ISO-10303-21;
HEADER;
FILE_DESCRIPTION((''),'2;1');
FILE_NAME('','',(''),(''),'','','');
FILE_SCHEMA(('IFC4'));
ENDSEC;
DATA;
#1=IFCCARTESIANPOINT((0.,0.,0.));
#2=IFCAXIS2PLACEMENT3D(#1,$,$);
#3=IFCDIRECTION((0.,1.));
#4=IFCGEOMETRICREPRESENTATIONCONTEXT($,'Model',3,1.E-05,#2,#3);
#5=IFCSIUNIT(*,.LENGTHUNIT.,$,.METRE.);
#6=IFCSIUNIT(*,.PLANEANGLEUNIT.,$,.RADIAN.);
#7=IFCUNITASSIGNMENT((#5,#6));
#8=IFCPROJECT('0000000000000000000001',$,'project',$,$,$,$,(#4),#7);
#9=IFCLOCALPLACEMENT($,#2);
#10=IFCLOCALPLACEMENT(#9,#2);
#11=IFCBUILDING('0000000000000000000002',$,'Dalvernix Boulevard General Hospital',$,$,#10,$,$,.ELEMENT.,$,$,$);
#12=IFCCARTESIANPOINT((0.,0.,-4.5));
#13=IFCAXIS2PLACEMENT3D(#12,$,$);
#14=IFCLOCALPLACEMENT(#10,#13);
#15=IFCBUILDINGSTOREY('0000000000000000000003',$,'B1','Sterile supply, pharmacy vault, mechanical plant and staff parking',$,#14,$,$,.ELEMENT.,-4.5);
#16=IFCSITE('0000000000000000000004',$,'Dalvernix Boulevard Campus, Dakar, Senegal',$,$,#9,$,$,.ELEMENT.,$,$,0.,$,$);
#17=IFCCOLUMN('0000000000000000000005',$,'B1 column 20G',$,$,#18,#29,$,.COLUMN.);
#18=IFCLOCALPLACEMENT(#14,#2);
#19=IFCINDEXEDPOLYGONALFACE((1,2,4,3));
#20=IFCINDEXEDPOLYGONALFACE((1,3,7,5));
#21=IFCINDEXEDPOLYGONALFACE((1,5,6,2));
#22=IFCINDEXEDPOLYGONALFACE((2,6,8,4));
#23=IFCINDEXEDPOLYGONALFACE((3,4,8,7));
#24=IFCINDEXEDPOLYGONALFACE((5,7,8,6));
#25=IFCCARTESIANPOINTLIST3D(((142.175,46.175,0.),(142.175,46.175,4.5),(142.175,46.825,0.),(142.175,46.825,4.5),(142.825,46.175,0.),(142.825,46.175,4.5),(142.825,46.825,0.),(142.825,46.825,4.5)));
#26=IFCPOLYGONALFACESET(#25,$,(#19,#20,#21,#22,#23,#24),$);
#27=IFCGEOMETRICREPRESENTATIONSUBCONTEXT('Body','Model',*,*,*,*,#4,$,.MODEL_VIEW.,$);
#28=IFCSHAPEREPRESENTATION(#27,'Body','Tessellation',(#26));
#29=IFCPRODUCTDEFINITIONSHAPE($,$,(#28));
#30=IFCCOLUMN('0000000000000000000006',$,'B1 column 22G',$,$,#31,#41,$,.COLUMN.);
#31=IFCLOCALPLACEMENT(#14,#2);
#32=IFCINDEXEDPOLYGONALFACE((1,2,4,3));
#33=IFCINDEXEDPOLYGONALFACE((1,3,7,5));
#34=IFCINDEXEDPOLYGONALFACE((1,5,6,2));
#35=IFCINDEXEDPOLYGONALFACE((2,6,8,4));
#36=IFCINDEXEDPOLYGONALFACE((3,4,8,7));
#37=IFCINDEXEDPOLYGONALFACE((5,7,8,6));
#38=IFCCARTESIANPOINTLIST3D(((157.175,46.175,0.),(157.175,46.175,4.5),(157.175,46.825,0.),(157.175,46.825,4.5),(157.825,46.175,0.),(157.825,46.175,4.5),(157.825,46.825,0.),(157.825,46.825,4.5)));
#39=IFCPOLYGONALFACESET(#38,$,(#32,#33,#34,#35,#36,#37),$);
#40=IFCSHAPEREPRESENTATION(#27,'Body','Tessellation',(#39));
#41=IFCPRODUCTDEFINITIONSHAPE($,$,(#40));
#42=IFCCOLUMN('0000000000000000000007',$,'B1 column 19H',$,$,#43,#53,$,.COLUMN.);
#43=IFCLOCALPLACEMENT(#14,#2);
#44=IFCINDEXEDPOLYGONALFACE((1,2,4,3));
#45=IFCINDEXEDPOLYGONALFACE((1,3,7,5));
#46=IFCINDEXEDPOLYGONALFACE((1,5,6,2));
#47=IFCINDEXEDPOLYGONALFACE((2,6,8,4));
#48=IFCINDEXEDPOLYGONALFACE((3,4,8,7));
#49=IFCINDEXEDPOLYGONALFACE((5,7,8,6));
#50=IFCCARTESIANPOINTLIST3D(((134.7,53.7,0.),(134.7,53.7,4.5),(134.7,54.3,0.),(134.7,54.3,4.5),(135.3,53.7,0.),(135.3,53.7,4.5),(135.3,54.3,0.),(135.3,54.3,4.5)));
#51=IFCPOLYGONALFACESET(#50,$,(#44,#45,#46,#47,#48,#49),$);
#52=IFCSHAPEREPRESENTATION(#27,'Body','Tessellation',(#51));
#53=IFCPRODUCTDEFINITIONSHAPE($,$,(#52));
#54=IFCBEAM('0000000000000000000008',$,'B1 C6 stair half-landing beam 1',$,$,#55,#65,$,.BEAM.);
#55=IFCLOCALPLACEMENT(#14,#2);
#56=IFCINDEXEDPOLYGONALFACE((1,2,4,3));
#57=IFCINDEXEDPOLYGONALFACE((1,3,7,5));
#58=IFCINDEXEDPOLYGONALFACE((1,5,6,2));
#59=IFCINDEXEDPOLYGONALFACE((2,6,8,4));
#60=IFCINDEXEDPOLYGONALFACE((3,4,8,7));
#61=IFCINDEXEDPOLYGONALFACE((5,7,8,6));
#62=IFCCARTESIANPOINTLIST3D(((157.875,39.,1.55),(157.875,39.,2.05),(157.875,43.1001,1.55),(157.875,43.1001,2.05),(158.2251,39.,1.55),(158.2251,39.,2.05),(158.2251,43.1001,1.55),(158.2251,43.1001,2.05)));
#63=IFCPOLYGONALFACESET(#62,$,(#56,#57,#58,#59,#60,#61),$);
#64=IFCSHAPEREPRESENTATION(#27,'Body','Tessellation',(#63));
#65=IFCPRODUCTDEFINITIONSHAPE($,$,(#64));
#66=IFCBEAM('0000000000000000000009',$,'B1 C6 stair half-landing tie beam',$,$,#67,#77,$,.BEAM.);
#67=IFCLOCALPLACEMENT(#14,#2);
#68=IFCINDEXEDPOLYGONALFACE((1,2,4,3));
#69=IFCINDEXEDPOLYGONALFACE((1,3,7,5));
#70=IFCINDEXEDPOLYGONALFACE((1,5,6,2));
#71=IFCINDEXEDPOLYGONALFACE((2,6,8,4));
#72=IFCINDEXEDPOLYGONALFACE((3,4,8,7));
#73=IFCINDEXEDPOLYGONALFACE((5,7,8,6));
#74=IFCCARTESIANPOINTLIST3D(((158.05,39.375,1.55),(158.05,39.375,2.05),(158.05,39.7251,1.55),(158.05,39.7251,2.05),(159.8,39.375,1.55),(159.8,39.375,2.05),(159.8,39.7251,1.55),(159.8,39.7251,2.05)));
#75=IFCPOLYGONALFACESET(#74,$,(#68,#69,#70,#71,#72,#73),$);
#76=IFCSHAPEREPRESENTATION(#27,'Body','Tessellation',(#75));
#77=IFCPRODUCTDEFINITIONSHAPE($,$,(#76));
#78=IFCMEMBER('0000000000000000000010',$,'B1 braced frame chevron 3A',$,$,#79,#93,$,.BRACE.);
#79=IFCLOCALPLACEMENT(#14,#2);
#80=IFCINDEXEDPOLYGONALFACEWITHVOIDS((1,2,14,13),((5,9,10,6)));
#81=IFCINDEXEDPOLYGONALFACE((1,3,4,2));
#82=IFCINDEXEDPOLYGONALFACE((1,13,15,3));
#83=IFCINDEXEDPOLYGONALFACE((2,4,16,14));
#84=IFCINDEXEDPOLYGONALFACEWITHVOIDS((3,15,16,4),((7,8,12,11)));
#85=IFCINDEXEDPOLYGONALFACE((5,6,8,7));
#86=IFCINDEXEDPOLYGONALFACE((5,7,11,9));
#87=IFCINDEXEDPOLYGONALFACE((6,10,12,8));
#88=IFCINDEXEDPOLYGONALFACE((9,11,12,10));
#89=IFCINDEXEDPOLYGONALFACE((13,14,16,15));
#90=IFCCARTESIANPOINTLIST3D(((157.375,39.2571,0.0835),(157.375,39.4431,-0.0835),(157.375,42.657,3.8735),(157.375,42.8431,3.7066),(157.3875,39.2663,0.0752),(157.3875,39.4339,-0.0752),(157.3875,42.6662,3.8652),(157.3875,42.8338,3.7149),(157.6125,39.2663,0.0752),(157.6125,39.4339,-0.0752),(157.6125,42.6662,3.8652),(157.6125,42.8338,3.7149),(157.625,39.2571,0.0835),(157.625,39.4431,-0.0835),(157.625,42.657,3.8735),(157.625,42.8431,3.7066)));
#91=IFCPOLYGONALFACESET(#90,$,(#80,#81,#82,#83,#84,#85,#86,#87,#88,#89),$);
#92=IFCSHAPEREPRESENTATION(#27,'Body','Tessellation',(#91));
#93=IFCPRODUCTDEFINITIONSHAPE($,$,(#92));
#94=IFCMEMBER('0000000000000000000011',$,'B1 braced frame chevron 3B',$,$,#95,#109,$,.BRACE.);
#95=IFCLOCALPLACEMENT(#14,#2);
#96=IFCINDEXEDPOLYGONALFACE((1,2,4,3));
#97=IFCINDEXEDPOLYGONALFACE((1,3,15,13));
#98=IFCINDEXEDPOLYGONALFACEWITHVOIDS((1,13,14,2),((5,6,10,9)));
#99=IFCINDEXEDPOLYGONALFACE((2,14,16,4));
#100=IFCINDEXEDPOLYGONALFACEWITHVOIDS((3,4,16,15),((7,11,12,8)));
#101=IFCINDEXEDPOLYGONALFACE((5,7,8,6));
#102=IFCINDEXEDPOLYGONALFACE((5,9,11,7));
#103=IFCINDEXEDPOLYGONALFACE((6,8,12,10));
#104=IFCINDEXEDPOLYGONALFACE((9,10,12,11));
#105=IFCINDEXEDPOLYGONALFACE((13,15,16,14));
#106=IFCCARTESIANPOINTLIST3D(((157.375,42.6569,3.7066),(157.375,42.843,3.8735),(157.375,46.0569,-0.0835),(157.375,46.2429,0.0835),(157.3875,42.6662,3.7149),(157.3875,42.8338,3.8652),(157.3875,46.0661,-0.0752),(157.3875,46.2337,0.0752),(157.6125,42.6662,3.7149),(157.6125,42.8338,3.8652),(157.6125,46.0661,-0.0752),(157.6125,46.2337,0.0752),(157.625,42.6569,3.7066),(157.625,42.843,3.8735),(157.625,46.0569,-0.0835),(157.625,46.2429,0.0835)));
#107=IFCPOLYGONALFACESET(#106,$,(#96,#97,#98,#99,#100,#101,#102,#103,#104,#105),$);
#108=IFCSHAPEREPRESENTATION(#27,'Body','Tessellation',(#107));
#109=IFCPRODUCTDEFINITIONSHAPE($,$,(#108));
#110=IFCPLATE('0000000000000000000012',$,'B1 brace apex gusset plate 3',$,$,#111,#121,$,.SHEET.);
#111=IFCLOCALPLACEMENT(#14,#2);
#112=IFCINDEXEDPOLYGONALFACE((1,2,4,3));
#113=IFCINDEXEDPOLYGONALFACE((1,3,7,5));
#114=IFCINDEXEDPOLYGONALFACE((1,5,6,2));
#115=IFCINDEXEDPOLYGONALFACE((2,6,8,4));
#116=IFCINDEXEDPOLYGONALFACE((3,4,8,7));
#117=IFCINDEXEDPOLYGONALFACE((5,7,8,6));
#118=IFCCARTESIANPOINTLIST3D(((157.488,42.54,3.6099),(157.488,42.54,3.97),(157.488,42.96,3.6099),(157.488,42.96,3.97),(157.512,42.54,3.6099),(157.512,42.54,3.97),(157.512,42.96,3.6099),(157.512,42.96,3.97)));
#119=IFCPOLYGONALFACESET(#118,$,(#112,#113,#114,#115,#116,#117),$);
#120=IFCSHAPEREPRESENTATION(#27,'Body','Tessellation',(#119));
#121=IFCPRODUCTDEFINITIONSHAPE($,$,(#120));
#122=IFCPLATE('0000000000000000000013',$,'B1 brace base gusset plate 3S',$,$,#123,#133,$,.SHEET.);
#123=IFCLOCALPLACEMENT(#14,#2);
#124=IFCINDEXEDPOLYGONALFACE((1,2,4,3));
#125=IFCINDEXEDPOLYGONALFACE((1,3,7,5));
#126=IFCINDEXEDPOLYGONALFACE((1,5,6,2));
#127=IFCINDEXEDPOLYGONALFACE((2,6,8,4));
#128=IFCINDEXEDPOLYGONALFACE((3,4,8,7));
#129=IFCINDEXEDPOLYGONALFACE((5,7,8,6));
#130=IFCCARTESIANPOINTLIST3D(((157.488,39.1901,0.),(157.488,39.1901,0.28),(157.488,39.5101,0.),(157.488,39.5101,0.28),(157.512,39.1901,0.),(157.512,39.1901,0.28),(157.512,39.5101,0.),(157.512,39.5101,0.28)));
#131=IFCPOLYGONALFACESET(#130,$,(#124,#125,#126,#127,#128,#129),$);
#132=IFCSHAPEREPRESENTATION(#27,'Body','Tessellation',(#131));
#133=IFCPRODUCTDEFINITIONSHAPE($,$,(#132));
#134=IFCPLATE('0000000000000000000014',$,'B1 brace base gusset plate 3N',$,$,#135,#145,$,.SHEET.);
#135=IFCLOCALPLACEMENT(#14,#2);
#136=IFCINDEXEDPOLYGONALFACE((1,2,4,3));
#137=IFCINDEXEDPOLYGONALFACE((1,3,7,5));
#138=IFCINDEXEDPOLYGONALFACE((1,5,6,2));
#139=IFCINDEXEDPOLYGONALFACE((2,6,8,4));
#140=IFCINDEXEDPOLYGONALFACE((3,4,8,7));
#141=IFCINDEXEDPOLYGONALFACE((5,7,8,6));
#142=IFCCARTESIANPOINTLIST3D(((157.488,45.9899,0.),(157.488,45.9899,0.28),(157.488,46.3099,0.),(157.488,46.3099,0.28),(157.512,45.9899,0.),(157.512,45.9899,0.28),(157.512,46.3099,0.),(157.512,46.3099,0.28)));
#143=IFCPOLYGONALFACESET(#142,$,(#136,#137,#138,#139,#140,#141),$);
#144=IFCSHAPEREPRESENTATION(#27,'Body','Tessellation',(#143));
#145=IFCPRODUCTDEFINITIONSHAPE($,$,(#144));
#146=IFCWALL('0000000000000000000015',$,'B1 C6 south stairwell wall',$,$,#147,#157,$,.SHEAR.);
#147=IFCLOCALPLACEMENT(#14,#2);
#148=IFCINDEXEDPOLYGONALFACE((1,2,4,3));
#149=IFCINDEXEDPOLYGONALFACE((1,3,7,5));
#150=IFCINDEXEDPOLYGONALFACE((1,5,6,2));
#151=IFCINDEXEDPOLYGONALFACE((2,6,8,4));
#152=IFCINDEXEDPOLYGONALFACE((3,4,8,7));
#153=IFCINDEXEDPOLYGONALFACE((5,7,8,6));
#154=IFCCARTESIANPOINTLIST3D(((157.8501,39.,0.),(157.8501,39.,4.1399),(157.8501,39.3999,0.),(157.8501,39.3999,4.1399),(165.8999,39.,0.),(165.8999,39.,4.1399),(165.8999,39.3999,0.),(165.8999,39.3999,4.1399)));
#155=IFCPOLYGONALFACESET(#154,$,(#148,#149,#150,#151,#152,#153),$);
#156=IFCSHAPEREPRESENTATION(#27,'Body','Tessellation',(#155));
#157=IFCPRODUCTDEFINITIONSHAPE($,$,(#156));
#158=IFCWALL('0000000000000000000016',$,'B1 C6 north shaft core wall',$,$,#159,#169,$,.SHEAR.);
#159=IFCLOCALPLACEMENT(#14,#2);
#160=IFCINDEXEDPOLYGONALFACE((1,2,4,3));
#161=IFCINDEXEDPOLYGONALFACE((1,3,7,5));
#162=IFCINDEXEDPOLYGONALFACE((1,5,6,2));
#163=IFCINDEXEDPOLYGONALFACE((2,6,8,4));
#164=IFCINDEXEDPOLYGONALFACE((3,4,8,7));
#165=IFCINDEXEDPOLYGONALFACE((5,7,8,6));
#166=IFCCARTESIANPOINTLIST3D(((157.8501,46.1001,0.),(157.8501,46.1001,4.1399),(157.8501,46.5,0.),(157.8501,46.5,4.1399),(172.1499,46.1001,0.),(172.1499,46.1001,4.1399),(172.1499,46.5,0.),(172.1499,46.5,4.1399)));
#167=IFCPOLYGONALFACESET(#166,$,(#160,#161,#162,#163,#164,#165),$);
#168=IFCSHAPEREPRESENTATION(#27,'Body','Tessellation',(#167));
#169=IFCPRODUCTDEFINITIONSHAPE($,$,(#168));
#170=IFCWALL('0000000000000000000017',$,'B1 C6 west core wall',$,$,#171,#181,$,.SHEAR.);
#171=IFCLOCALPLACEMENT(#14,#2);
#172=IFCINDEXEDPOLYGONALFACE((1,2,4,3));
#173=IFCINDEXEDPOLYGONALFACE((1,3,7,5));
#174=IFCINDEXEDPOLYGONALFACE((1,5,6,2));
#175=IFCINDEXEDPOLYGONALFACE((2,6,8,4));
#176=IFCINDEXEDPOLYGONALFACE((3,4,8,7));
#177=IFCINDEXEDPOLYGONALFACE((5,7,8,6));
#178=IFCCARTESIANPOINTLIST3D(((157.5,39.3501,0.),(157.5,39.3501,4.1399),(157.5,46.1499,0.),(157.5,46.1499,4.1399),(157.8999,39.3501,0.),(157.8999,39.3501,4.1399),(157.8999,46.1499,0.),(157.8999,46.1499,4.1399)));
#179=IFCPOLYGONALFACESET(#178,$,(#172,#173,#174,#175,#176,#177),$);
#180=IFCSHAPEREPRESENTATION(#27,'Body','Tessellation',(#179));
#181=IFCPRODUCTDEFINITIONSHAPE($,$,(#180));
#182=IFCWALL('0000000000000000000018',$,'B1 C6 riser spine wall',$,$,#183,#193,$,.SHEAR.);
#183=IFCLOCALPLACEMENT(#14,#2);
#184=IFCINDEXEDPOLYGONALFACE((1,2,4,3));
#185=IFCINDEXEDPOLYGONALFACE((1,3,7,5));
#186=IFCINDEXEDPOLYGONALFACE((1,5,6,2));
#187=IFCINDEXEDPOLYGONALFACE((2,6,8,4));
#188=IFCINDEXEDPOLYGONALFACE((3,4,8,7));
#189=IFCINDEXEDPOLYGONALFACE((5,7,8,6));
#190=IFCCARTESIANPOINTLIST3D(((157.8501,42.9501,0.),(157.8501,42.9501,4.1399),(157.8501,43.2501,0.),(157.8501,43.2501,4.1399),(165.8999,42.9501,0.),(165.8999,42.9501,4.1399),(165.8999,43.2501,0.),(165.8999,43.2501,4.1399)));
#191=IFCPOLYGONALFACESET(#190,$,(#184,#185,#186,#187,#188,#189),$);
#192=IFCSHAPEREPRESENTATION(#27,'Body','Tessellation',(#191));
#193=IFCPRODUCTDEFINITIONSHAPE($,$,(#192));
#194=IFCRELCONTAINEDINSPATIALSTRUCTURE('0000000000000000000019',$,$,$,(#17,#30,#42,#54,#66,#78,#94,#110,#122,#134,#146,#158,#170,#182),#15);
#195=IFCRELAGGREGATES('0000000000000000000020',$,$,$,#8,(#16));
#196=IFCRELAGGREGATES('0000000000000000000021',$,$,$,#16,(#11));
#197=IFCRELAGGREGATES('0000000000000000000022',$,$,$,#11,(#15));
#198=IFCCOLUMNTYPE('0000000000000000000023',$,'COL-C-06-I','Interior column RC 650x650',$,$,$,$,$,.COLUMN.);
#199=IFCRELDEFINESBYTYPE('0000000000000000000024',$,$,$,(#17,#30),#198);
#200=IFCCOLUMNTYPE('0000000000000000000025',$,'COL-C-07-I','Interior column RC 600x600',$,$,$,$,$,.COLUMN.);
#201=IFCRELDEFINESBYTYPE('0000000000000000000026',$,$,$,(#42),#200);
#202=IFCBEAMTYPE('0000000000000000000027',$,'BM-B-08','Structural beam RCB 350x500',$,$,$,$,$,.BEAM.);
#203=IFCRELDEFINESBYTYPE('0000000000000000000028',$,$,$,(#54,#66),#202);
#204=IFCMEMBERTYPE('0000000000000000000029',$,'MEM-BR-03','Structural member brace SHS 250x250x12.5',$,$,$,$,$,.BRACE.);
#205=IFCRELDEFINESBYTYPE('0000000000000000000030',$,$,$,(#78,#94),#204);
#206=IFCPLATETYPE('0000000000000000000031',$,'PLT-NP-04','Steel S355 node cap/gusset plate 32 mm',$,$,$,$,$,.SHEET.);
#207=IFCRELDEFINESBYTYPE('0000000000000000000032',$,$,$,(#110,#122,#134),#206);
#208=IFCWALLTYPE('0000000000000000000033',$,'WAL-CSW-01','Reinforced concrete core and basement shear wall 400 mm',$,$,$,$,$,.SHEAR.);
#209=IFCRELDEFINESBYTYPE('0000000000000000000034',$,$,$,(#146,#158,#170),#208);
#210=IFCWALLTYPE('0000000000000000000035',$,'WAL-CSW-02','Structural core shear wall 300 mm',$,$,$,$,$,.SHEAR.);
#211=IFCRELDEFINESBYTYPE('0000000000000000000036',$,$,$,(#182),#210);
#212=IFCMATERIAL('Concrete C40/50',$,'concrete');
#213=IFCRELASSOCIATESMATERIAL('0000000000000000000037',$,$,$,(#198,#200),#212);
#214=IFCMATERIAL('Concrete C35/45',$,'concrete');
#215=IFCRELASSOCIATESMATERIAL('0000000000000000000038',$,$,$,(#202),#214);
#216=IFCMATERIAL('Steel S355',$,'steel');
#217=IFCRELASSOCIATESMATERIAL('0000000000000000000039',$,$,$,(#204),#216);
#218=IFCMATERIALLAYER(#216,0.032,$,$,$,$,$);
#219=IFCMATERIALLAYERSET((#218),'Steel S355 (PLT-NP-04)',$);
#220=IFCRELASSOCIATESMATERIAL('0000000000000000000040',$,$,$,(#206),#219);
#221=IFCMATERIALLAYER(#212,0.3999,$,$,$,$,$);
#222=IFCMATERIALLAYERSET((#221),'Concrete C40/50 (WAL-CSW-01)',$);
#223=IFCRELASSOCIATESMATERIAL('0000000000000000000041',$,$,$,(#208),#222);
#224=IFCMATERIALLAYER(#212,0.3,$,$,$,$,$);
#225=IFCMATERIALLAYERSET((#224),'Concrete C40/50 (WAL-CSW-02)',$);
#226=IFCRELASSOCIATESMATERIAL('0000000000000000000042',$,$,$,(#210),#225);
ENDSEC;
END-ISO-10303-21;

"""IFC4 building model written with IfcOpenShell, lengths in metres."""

from ifc_helpers import new_model, si_unit, direction, frame, frame_2d, origin, origin_2d, place, context, subcontext, project, spatial, rectangle, hollow_rectangle, extrude, material, layer, layer_set, material_profile, profile_set, type_object, element, save


model = new_model("IFC4")

# Units and contexts
model_context = context("Model", 3, precision=1e-05, world=origin(), true_north=direction((0.0, 1.0)))
body_context = subcontext(model_context, "Body", "Model", "MODEL_VIEW")
ifc_project = project(units=[si_unit("LENGTHUNIT", "METRE"), si_unit("PLANEANGLEUNIT", "RADIAN")], contexts=[model_context])

# Site, building, storey
site_placement = place(None, origin())
site = spatial("IfcSite", under=ifc_project, at=site_placement, Name="Dalvernix Boulevard Campus, Dakar, Senegal", CompositionType="ELEMENT", RefElevation=0.0)
building_placement = place(site_placement, origin())
building = spatial("IfcBuilding", under=site, at=building_placement, Name="Dalvernix Boulevard General Hospital", CompositionType="ELEMENT")
storey_placement = place(building_placement, frame((0.0, 0.0, -4.5)))
storey = spatial("IfcBuildingStorey", under=building, at=storey_placement, Name="B1", Description="Sterile supply, pharmacy vault, mechanical plant and staff parking", CompositionType="ELEMENT", Elevation=-4.5)

# Shared definitions
ifc_material_1 = material(Name="Concrete C35/45", Category="concrete")
ifc_material_2 = material(Name="Concrete C40/50", Category="concrete")

# Columns
ifc_material_profile_1 = material_profile(ifc_material_2, rectangle(XDim=0.6499, YDim=0.6499, at=origin_2d()), Name="RC 650x650")
ifc_profile_set_1 = profile_set([ifc_material_profile_1], Name="Concrete C40/50")
column_type_1 = type_object("IfcColumnType", Name="COL-C-06-I", Description="Interior column RC 650x650", PredefinedType="COLUMN", material=ifc_profile_set_1)
for number, where, z_axis, x_axis, name in (
    (1, (142.5, 46.5, 0.0), (0.0, 0.0, 1.0), (1.0, 0.0, 0.0), "B1 column 20G"),
    (2, (157.5, 46.5, 0.0), (0.0, 0.0, 1.0), (1.0, 0.0, 0.0), "B1 column 22G"),
):
    element("IfcColumn", number, at=place(storey_placement, frame(where, z_axis=z_axis, x_axis=x_axis)), inside=storey, type_object=column_type_1, Name=name, PredefinedType="COLUMN", context=body_context, shape_type="SweptSolid", body=[
        extrude(rectangle(XDim=0.6499, YDim=0.6499, at=origin_2d()), origin(), (0.0, 0.0, 1.0), 4.5),
    ])
ifc_material_profile_2 = material_profile(ifc_material_2, rectangle(XDim=0.6001, YDim=0.6001, at=origin_2d()), Name="RC 600x600")
ifc_profile_set_2 = profile_set([ifc_material_profile_2], Name="Concrete C40/50")
column_type_2 = type_object("IfcColumnType", Name="COL-C-07-I", Description="Interior column RC 600x600", PredefinedType="COLUMN", material=ifc_profile_set_2)
column_1_placement = place(storey_placement, frame((135.0, 54.0, 0.0), z_axis=(0.0, 0.0, 1.0), x_axis=(1.0, 0.0, 0.0)))
element("IfcColumn", 3, at=column_1_placement, inside=storey, type_object=column_type_2, Name="B1 column 19H", PredefinedType="COLUMN", context=body_context, shape_type="SweptSolid", body=[
    extrude(rectangle(XDim=0.6001, YDim=0.6001, at=origin_2d()), origin(), (0.0, 0.0, 1.0), 4.5),
])

# Beams
ifc_material_profile_3 = material_profile(ifc_material_1, rectangle(XDim=0.3501, YDim=0.5, at=origin_2d()), Name="RCB 350x500")
ifc_profile_set_3 = profile_set([ifc_material_profile_3], Name="Concrete C35/45")
beam_type = type_object("IfcBeamType", Name="BM-B-08", Description="Structural beam RCB 350x500", PredefinedType="BEAM", material=ifc_profile_set_3)
beam_1_placement = place(storey_placement, frame((158.05, 39.0, 1.8), z_axis=(0.0, 1.0, 0.0), x_axis=(-1.0, 0.0, 0.0)))
element("IfcBeam", 4, at=beam_1_placement, inside=storey, type_object=beam_type, Name="B1 C6 stair half-landing beam 1", PredefinedType="BEAM", context=body_context, shape_type="SweptSolid", body=[
    extrude(rectangle(XDim=0.3501, YDim=0.5, at=origin_2d()), origin(), (0.0, 0.0, 1.0), 4.1001),
])
beam_2_placement = place(storey_placement, frame((158.05, 39.55, 1.8), z_axis=(1.0, 0.0, 0.0), x_axis=(0.0, 1.0, 0.0)))
element("IfcBeam", 5, at=beam_2_placement, inside=storey, type_object=beam_type, Name="B1 C6 stair half-landing tie beam", PredefinedType="BEAM", context=body_context, shape_type="SweptSolid", body=[
    extrude(rectangle(XDim=0.3501, YDim=0.5, at=origin_2d()), origin(), (0.0, 0.0, 1.0), 1.75),
])

# Members
ifc_material_3 = material(Name="Steel S355", Category="steel")
ifc_material_profile_4 = material_profile(ifc_material_3, hollow_rectangle(XDim=0.25, YDim=0.25, WallThickness=0.0125, at=origin_2d()), Name="SHS 250x250x12.5")
ifc_profile_set_4 = profile_set([ifc_material_profile_4], Name="Steel S355")
member_type = type_object("IfcMemberType", Name="MEM-BR-03", Description="Structural member brace SHS 250x250x12.5", PredefinedType="BRACE", material=ifc_profile_set_4)
for number, where, z_axis, x_axis, name in (
    (6, (157.5, 39.3501, 0.0), (0.0, 0.667756, 0.74438), (-1.0, 0.0, 0.0), "B1 braced frame chevron 3A"),
    (7, (157.5, 46.1499, 0.0), (0.0, -0.667756, 0.74438), (1.0, 0.0, 0.0), "B1 braced frame chevron 3B"),
):
    element("IfcMember", number, at=place(storey_placement, frame(where, z_axis=z_axis, x_axis=x_axis)), inside=storey, type_object=member_type, Name=name, PredefinedType="BRACE", context=body_context, shape_type="SweptSolid", body=[
        extrude(hollow_rectangle(XDim=0.25, YDim=0.25, WallThickness=0.0125, at=origin_2d()), origin(), (0.0, 0.0, 1.0), 5.0916),
    ])

# Plates
ifc_layer_1 = layer(ifc_material_3, 0.032)
ifc_layer_set_1 = layer_set([ifc_layer_1], Name="Steel S355 (PLT-NP-04)")
plate_type = type_object("IfcPlateType", Name="PLT-NP-04", Description="Steel S355 node cap/gusset plate 32 mm", PredefinedType="SHEET", material=ifc_layer_set_1)
plate_placement = place(storey_placement, frame((157.5, 42.75, 3.6099), z_axis=(0.0, 0.0, 1.0), x_axis=(0.0, 1.0, 0.0)))
element("IfcPlate", 8, at=plate_placement, inside=storey, type_object=plate_type, Name="B1 brace apex gusset plate 3", PredefinedType="SHEET", context=body_context, shape_type="SweptSolid", body=[
    extrude(rectangle(XDim=0.4199, YDim=0.0239, at=origin_2d()), origin(), (0.0, 0.0, 1.0), 0.3601),
])
for number, where, z_axis, x_axis, name in (
    (9, (157.5, 39.3501, 0.0), (0.0, 0.0, 1.0), (0.0, 1.0, 0.0), "B1 brace base gusset plate 3S"),
    (10, (157.5, 46.1499, 0.0), (0.0, 0.0, 1.0), (0.0, 1.0, 0.0), "B1 brace base gusset plate 3N"),
):
    element("IfcPlate", number, at=place(storey_placement, frame(where, z_axis=z_axis, x_axis=x_axis)), inside=storey, type_object=plate_type, Name=name, PredefinedType="SHEET", context=body_context, shape_type="SweptSolid", body=[
        extrude(rectangle(XDim=0.3201, YDim=0.0239, at=origin_2d()), origin(), (0.0, 0.0, 1.0), 0.28),
    ])

# Walls
ifc_layer_2 = layer(ifc_material_2, 0.3999)
ifc_layer_set_2 = layer_set([ifc_layer_2], Name="Concrete C40/50 (WAL-CSW-01)")
wall_type_1 = type_object("IfcWallType", Name="WAL-CSW-01", Description="Reinforced concrete core and basement shear wall 400 mm", PredefinedType="SHEAR", material=ifc_layer_set_2)
wall_1_placement = place(storey_placement, frame((157.8501, 39.2, 0.0), z_axis=(0.0, 0.0, 1.0), x_axis=(1.0, 0.0, 0.0)))
element("IfcWall", 11, at=wall_1_placement, inside=storey, type_object=wall_type_1, Name="B1 C6 south stairwell wall", PredefinedType="SHEAR", context=body_context, shape_type="SweptSolid", body=[
    extrude(rectangle(XDim=8.0498, YDim=0.3999, at=frame_2d((4.0249, 0.0))), origin(), (0.0, 0.0, 1.0), 4.1399),
])
wall_2_placement = place(storey_placement, frame((157.8501, 46.3, 0.0), z_axis=(0.0, 0.0, 1.0), x_axis=(1.0, 0.0, 0.0)))
element("IfcWall", 12, at=wall_2_placement, inside=storey, type_object=wall_type_1, Name="B1 C6 north shaft core wall", PredefinedType="SHEAR", context=body_context, shape_type="SweptSolid", body=[
    extrude(rectangle(XDim=14.2998, YDim=0.3999, at=frame_2d((7.1499, 0.0))), origin(), (0.0, 0.0, 1.0), 4.1399),
])
wall_3_placement = place(storey_placement, frame((157.7, 39.3501, 0.0), z_axis=(0.0, 0.0, 1.0), x_axis=(0.0, 1.0, 0.0)))
element("IfcWall", 13, at=wall_3_placement, inside=storey, type_object=wall_type_1, Name="B1 C6 west core wall", PredefinedType="SHEAR", context=body_context, shape_type="SweptSolid", body=[
    extrude(rectangle(XDim=6.7998, YDim=0.3999, at=frame_2d((3.3999, 0.0))), origin(), (0.0, 0.0, 1.0), 4.1399),
])
ifc_layer_3 = layer(ifc_material_2, 0.3)
ifc_layer_set_3 = layer_set([ifc_layer_3], Name="Concrete C40/50 (WAL-CSW-02)")
wall_type_2 = type_object("IfcWallType", Name="WAL-CSW-02", Description="Structural core shear wall 300 mm", PredefinedType="SHEAR", material=ifc_layer_set_3)
wall_4_placement = place(storey_placement, frame((157.8501, 43.1001, 0.0), z_axis=(0.0, 0.0, 1.0), x_axis=(1.0, 0.0, 0.0)))
element("IfcWall", 14, at=wall_4_placement, inside=storey, type_object=wall_type_2, Name="B1 C6 riser spine wall", PredefinedType="SHEAR", context=body_context, shape_type="SweptSolid", body=[
    extrude(rectangle(XDim=8.0498, YDim=0.3, at=frame_2d((4.0249, 0.0))), origin(), (0.0, 0.0, 1.0), 4.1399),
])

save(model, "model.ifc")
